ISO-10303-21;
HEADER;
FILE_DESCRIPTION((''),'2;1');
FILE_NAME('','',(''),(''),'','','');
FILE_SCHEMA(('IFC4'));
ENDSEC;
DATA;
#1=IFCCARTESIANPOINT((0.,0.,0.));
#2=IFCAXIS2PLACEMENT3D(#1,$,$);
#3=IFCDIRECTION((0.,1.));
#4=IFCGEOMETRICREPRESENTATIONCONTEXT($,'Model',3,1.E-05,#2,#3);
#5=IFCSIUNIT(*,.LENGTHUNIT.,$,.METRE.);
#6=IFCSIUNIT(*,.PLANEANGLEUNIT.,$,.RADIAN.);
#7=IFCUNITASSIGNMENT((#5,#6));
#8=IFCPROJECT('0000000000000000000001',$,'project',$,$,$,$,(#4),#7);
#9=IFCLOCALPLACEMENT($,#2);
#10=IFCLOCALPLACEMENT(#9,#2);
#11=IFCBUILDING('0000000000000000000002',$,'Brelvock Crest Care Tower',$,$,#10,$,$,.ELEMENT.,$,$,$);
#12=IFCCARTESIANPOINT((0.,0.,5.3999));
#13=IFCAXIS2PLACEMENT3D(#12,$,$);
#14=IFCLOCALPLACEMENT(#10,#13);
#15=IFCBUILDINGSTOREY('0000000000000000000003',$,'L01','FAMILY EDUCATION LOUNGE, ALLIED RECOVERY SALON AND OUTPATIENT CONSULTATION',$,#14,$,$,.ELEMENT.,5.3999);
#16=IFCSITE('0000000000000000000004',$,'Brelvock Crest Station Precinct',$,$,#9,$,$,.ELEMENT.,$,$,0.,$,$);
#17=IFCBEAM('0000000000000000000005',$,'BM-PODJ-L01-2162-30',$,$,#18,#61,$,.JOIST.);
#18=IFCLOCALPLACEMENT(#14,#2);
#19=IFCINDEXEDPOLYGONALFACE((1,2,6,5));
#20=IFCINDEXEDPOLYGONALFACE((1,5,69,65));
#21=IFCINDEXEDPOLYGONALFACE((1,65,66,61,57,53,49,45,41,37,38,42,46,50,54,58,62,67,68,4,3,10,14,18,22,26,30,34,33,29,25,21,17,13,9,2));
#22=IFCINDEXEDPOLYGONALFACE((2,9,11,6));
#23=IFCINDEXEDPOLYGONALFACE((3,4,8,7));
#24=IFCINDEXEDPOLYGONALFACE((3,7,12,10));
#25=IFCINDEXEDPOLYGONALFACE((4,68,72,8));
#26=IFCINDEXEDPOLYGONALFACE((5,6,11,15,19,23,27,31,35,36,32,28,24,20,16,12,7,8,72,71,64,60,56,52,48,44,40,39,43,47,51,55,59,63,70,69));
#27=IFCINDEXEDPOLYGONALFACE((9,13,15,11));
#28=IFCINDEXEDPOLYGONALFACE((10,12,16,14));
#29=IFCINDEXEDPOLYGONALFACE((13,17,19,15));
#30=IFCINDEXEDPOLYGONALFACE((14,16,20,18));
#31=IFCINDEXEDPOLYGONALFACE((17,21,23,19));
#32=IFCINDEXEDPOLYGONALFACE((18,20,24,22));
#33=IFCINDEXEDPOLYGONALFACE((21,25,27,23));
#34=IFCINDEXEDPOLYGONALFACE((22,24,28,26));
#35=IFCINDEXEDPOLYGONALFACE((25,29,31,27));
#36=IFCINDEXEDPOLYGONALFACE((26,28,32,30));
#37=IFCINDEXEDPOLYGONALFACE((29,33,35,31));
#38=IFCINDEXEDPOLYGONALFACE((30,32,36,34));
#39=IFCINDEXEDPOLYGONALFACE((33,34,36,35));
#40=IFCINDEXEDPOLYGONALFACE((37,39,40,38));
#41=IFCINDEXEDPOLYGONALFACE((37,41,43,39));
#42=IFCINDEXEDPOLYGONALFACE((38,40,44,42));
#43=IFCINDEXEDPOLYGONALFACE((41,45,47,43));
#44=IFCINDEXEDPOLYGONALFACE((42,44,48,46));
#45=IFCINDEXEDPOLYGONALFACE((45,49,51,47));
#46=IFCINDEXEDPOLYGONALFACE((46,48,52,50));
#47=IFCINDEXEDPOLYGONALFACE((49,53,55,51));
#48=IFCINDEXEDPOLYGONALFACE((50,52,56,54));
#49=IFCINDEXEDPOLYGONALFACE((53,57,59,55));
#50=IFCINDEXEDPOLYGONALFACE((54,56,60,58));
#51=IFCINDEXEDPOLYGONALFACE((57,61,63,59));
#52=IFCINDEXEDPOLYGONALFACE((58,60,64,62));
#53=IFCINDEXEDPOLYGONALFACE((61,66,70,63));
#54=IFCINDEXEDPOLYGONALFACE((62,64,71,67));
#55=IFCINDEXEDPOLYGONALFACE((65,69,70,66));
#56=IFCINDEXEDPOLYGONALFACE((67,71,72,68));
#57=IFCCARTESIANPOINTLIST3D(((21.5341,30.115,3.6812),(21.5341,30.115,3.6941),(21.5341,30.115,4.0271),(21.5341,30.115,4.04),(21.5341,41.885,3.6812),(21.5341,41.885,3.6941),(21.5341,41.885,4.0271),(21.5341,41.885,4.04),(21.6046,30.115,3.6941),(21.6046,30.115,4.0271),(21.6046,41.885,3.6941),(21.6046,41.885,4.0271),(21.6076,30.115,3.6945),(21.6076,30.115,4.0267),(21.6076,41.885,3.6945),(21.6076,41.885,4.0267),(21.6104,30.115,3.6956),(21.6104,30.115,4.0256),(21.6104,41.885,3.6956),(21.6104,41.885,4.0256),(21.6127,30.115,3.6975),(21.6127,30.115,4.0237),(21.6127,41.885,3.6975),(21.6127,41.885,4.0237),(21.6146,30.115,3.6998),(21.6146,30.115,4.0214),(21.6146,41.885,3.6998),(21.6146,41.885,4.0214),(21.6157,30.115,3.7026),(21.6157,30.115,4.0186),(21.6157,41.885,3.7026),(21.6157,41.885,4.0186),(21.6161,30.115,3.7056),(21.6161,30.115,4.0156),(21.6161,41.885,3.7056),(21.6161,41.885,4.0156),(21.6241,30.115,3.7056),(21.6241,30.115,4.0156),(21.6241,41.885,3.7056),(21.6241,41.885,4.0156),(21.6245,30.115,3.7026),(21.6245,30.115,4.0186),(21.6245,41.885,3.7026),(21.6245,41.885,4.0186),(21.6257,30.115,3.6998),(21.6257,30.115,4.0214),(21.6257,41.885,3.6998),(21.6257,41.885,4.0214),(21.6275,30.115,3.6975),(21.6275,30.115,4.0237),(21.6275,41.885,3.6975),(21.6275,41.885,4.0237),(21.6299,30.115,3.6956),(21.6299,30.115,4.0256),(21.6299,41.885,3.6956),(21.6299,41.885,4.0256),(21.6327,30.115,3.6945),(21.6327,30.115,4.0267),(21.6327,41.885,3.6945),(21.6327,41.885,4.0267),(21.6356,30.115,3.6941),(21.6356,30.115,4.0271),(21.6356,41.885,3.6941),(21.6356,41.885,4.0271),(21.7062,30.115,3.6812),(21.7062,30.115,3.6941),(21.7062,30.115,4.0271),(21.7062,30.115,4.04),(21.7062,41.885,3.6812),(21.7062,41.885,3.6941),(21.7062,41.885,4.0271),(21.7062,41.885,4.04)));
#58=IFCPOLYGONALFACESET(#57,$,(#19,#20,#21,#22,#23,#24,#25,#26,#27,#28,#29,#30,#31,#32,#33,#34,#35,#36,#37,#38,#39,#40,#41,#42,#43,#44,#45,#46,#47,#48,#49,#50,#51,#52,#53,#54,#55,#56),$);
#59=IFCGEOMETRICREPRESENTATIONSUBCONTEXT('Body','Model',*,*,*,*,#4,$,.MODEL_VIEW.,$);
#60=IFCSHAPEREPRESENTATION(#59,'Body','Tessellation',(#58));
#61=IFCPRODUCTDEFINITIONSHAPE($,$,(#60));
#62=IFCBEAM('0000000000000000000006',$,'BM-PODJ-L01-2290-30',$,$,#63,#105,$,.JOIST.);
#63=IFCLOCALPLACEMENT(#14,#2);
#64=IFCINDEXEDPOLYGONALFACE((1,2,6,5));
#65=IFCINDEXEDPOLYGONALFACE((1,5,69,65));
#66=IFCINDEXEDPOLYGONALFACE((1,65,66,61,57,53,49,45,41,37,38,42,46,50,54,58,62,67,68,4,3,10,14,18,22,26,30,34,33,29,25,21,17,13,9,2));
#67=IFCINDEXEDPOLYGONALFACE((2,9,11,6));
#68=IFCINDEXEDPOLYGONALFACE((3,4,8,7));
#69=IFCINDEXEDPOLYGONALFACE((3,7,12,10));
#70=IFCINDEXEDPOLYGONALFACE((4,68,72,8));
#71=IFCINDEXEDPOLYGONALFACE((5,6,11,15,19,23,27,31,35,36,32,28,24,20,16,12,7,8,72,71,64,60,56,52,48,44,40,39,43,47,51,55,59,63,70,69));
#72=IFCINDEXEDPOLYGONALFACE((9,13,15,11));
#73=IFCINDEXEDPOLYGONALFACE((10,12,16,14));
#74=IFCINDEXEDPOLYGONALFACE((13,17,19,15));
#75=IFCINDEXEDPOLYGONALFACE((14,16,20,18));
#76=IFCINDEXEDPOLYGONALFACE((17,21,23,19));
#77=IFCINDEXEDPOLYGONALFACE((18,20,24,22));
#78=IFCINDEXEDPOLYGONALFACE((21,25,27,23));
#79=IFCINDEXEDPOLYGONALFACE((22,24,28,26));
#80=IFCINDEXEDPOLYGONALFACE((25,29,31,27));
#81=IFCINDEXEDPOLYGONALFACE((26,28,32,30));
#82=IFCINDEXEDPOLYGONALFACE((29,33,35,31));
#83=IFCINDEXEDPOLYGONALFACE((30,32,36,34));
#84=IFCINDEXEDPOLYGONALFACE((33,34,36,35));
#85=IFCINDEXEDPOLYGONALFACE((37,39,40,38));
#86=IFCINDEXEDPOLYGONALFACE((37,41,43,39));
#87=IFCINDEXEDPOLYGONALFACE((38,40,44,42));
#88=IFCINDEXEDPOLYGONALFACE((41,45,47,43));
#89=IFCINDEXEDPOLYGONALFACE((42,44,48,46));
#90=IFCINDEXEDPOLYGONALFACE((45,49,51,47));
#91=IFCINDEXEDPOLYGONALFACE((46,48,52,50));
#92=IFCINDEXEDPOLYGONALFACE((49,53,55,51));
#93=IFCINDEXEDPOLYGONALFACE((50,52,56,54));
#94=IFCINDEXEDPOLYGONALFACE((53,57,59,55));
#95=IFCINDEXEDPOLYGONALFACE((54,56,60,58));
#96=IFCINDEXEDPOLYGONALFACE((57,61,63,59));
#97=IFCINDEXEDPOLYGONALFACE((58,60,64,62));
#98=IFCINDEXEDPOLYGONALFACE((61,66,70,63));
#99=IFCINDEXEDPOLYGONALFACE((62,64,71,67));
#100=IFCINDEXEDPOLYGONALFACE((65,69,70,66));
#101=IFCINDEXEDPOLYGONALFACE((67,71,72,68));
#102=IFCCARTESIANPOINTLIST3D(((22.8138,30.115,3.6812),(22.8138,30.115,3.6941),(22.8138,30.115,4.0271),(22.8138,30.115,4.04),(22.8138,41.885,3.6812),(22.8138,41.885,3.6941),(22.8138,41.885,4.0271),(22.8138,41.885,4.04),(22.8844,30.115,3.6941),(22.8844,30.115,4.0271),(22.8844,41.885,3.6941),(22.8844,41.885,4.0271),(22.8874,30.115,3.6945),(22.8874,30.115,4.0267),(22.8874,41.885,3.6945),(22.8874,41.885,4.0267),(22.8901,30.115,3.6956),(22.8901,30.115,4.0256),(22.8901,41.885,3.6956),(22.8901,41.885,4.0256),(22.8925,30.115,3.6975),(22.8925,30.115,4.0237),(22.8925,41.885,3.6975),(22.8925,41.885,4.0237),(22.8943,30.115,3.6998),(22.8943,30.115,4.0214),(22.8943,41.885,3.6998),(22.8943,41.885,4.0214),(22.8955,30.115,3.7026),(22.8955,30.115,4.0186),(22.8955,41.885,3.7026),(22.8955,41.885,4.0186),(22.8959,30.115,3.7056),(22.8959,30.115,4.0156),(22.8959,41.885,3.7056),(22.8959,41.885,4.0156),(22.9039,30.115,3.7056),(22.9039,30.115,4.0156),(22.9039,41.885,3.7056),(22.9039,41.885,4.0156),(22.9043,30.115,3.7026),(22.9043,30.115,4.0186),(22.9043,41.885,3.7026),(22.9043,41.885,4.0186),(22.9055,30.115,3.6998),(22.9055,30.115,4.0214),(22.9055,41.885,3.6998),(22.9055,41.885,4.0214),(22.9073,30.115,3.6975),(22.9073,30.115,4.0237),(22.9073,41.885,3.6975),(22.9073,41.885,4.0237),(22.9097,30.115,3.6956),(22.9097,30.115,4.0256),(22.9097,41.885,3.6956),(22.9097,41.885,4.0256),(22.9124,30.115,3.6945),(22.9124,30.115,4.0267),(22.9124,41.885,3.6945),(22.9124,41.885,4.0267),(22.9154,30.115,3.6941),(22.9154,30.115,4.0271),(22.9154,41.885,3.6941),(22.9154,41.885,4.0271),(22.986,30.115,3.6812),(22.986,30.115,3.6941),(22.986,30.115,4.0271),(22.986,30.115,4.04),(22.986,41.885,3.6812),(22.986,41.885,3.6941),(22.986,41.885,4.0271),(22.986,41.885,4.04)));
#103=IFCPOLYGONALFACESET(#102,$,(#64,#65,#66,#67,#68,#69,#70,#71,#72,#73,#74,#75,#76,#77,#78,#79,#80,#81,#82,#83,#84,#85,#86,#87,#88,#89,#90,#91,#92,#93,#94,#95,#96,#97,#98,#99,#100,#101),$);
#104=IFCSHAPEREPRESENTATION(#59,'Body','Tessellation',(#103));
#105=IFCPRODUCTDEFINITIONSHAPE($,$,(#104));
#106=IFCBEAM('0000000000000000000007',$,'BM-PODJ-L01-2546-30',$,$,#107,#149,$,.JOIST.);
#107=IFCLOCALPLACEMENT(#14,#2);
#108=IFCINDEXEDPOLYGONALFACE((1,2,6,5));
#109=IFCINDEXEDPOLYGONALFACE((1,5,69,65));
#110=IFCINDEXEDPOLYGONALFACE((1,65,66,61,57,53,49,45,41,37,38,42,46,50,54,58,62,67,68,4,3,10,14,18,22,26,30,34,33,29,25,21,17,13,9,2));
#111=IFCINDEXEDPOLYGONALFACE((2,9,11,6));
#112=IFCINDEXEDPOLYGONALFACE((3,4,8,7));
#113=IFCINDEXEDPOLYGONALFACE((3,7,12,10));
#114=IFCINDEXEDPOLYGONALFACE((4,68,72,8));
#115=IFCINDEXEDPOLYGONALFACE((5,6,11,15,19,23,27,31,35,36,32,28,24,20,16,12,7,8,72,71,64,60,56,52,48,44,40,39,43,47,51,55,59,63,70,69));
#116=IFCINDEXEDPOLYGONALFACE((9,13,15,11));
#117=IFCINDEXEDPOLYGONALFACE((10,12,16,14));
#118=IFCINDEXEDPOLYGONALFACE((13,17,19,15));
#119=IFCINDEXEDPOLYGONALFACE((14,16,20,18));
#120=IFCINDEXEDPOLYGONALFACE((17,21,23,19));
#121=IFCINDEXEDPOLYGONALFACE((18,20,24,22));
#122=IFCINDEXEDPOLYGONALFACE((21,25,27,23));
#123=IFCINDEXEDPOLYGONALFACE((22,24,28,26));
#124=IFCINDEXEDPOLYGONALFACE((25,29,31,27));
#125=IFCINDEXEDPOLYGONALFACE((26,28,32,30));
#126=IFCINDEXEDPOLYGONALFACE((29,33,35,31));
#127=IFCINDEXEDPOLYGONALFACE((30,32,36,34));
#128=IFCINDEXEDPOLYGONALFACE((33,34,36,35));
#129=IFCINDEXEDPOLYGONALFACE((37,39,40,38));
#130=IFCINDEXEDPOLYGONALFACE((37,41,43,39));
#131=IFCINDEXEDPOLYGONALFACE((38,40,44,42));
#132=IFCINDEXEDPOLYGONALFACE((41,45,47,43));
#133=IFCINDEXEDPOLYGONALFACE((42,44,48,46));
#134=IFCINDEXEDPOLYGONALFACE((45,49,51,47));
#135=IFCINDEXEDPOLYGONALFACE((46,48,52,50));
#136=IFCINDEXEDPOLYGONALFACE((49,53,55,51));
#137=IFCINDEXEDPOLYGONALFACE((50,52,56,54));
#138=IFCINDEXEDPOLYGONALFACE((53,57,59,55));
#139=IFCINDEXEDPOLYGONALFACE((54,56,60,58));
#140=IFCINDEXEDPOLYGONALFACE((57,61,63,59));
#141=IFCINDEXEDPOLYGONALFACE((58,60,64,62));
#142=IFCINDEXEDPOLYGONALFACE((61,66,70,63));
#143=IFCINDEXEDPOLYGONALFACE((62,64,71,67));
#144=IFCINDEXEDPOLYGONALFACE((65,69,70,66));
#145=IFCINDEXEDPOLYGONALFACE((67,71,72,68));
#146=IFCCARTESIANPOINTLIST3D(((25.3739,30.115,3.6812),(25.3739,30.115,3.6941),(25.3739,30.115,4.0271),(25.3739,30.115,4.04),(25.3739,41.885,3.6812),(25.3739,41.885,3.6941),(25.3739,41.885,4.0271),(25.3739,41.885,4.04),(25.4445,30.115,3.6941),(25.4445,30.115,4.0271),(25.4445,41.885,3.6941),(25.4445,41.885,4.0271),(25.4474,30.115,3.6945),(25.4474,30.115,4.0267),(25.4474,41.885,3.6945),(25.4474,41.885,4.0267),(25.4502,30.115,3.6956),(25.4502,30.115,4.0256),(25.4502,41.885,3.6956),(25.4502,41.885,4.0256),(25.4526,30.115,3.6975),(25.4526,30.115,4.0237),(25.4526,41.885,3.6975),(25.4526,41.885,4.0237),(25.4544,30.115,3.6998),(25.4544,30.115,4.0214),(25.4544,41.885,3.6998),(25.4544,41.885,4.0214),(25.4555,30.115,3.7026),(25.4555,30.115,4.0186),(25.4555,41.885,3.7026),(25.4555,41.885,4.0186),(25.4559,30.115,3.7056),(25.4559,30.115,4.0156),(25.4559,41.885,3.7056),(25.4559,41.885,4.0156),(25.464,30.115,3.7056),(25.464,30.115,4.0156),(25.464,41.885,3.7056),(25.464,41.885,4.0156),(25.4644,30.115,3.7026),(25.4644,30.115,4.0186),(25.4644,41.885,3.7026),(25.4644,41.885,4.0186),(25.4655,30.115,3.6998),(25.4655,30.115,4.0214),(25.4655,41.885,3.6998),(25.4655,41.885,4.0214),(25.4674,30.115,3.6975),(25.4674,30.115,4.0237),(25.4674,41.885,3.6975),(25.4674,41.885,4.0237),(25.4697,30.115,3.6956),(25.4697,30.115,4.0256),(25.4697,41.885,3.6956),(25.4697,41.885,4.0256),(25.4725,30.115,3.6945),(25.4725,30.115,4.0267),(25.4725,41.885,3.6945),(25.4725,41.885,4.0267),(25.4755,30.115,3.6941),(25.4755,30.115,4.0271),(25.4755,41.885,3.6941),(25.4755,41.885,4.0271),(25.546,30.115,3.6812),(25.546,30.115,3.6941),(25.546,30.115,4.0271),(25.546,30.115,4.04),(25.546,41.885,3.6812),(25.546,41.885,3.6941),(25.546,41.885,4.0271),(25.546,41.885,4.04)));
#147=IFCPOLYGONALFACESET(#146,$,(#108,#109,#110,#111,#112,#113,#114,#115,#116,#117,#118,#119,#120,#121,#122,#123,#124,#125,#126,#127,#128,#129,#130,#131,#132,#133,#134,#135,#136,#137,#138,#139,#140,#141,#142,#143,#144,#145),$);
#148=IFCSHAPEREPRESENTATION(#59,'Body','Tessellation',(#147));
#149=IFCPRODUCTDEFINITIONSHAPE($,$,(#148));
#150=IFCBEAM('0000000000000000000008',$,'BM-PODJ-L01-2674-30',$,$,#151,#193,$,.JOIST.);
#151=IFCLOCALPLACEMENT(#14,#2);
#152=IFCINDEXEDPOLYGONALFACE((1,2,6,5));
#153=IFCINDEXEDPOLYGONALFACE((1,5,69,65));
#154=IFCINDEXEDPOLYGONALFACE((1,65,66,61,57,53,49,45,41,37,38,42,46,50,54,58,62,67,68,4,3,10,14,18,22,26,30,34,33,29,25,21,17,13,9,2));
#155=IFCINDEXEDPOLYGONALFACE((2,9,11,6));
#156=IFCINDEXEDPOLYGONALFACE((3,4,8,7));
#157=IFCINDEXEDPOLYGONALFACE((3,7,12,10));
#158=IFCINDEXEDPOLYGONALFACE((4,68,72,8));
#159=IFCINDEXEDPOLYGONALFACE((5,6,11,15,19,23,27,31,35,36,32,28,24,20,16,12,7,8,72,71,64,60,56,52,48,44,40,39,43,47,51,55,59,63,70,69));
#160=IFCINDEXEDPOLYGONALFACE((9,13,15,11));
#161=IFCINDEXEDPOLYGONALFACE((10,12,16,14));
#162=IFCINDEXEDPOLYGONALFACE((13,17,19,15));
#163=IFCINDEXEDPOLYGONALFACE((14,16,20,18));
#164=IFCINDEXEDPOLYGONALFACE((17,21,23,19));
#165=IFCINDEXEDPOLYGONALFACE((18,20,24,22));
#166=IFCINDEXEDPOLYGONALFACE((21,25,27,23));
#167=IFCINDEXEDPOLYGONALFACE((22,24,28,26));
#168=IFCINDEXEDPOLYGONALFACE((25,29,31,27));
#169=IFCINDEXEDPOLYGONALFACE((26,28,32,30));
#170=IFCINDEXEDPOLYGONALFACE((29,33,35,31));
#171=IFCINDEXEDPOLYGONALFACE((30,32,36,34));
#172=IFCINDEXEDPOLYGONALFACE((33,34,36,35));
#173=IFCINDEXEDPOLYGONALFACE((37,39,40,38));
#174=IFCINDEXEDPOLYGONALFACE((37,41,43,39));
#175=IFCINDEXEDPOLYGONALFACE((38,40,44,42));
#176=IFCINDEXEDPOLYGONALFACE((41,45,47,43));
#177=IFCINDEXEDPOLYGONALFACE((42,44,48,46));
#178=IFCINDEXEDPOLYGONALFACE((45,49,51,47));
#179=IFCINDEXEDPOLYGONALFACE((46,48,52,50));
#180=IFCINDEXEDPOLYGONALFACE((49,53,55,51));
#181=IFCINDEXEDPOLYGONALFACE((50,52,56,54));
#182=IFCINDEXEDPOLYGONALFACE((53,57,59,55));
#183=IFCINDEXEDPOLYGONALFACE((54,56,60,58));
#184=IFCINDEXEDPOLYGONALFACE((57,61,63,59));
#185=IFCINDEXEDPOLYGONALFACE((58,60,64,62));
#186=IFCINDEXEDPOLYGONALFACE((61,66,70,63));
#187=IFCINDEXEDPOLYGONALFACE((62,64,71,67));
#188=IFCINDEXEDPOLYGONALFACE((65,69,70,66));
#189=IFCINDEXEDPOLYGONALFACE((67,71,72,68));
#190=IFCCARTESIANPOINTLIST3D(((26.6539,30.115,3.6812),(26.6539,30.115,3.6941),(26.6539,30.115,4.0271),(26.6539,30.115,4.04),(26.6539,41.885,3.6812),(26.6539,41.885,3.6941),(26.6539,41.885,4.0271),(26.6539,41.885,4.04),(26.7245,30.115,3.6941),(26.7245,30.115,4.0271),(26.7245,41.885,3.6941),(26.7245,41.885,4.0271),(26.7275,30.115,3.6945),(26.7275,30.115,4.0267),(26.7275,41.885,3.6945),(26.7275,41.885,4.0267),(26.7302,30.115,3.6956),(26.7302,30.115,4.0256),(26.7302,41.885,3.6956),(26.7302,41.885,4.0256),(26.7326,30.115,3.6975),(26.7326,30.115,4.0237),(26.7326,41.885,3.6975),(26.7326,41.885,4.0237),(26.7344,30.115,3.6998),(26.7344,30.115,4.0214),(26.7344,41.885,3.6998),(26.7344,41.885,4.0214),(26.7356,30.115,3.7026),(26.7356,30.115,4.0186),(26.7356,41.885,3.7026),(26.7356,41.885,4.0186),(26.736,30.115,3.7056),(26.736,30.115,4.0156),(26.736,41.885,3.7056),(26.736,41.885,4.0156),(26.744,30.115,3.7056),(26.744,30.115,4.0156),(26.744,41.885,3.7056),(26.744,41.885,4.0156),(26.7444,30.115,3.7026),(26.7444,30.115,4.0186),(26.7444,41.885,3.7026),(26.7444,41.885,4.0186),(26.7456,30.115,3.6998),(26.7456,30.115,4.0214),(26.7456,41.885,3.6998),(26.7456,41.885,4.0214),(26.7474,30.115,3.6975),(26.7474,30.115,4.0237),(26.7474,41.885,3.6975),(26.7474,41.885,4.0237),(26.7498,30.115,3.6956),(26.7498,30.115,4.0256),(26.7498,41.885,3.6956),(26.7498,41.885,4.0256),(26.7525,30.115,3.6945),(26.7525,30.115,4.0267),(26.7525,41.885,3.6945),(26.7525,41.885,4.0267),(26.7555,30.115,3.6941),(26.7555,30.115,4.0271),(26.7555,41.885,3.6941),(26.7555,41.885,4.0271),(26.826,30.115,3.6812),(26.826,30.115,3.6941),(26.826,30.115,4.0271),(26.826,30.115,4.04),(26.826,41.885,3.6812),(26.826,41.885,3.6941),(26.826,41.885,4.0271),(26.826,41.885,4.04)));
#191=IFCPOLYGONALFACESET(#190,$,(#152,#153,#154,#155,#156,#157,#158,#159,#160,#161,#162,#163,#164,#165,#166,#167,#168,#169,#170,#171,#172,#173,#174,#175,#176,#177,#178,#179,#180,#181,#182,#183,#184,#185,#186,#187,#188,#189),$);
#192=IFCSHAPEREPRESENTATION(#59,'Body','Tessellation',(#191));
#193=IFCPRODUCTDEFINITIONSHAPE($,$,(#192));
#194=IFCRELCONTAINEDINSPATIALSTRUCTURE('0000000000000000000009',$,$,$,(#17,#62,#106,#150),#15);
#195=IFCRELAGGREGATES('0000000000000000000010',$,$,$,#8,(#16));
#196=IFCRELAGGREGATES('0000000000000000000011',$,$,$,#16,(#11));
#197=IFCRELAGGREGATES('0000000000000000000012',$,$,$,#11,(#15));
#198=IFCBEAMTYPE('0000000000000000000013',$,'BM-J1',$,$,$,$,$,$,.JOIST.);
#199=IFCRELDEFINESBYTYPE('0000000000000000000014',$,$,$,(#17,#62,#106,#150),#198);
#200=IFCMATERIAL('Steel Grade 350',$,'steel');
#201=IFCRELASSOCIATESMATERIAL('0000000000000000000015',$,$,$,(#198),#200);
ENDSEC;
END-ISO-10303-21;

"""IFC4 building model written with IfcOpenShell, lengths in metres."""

from ifc_helpers import new_model, si_unit, direction, frame, origin, origin_2d, place, context, subcontext, project, spatial, i_section, extrude, source, transform, mapped, material, material_profile, profile_set, type_object, element, save


model = new_model("IFC4")

# Units and contexts
model_context = context("Model", 3, precision=1e-05, world=origin(), true_north=direction((0.0, 1.0)))
body_context = subcontext(model_context, "Body", "Model", "MODEL_VIEW")
ifc_project = project(units=[si_unit("LENGTHUNIT", "METRE"), si_unit("PLANEANGLEUNIT", "RADIAN")], contexts=[model_context])

# Site, building, storey
site_placement = place(None, origin())
site = spatial("IfcSite", under=ifc_project, at=site_placement, Name="Brelvock Crest Station Precinct", CompositionType="ELEMENT", RefElevation=0.0)
building_placement = place(site_placement, origin())
building = spatial("IfcBuilding", under=site, at=building_placement, Name="Brelvock Crest Care Tower", CompositionType="ELEMENT")
storey_placement = place(building_placement, frame((0.0, 0.0, 5.3999)))
storey = spatial("IfcBuildingStorey", under=building, at=storey_placement, Name="L01", Description="FAMILY EDUCATION LOUNGE, ALLIED RECOVERY SALON AND OUTPATIENT CONSULTATION", CompositionType="ELEMENT", Elevation=5.3999)

# Shared definitions
ifc_material_1 = material(Name="Steel Grade 350", Category="steel")

# Beams
ifc_material_profile_1 = material_profile(ifc_material_1, i_section(OverallWidth=0.1721, OverallDepth=0.3589, WebThickness=0.0081, FlangeThickness=0.0129, FilletRadius=0.0115, at=origin_2d()), Name="360UB56.7")
ifc_profile_set_1 = profile_set([ifc_material_profile_1], Name="Steel Grade 350")
beam_type_1 = type_object("IfcBeamType", Name="BM-J1", PredefinedType="JOIST", material=ifc_profile_set_1)
shared_shape_1 = source(origin(), body_context, "Body", "SweptSolid", [
    extrude(i_section(OverallWidth=0.1721, OverallDepth=0.3589, WebThickness=0.0081, FlangeThickness=0.0129, FilletRadius=0.0115, at=origin_2d()), origin(), (0.0, 0.0, 1.0), 11.77),
])
for number, where, z_axis, x_axis, name in (
    (1, (21.6201, 30.115, 3.8606), (0.0, 1.0, 0.0), (-1.0, 0.0, 0.0), "BM-PODJ-L01-2162-30"),
    (2, (22.8999, 30.115, 3.8606), (0.0, 1.0, 0.0), (-1.0, 0.0, 0.0), "BM-PODJ-L01-2290-30"),
    (3, (25.46, 30.115, 3.8606), (0.0, 1.0, 0.0), (-1.0, 0.0, 0.0), "BM-PODJ-L01-2546-30"),
    (4, (26.74, 30.115, 3.8606), (0.0, 1.0, 0.0), (-1.0, 0.0, 0.0), "BM-PODJ-L01-2674-30"),
):
    element("IfcBeam", number, at=place(storey_placement, frame(where, z_axis=z_axis, x_axis=x_axis)), inside=storey, type_object=beam_type_1, Name=name, PredefinedType="JOIST", context=body_context, shape_type="MappedRepresentation", body=[
        mapped(shared_shape_1, transform((0.0, 0.0, 0.0), x_axis=(1.0, 0.0, 0.0), y_axis=(0.0, 1.0, 0.0), z_axis=(0.0, 0.0, 1.0), scale=1.0)),
    ])

save(model, "model.ifc")
